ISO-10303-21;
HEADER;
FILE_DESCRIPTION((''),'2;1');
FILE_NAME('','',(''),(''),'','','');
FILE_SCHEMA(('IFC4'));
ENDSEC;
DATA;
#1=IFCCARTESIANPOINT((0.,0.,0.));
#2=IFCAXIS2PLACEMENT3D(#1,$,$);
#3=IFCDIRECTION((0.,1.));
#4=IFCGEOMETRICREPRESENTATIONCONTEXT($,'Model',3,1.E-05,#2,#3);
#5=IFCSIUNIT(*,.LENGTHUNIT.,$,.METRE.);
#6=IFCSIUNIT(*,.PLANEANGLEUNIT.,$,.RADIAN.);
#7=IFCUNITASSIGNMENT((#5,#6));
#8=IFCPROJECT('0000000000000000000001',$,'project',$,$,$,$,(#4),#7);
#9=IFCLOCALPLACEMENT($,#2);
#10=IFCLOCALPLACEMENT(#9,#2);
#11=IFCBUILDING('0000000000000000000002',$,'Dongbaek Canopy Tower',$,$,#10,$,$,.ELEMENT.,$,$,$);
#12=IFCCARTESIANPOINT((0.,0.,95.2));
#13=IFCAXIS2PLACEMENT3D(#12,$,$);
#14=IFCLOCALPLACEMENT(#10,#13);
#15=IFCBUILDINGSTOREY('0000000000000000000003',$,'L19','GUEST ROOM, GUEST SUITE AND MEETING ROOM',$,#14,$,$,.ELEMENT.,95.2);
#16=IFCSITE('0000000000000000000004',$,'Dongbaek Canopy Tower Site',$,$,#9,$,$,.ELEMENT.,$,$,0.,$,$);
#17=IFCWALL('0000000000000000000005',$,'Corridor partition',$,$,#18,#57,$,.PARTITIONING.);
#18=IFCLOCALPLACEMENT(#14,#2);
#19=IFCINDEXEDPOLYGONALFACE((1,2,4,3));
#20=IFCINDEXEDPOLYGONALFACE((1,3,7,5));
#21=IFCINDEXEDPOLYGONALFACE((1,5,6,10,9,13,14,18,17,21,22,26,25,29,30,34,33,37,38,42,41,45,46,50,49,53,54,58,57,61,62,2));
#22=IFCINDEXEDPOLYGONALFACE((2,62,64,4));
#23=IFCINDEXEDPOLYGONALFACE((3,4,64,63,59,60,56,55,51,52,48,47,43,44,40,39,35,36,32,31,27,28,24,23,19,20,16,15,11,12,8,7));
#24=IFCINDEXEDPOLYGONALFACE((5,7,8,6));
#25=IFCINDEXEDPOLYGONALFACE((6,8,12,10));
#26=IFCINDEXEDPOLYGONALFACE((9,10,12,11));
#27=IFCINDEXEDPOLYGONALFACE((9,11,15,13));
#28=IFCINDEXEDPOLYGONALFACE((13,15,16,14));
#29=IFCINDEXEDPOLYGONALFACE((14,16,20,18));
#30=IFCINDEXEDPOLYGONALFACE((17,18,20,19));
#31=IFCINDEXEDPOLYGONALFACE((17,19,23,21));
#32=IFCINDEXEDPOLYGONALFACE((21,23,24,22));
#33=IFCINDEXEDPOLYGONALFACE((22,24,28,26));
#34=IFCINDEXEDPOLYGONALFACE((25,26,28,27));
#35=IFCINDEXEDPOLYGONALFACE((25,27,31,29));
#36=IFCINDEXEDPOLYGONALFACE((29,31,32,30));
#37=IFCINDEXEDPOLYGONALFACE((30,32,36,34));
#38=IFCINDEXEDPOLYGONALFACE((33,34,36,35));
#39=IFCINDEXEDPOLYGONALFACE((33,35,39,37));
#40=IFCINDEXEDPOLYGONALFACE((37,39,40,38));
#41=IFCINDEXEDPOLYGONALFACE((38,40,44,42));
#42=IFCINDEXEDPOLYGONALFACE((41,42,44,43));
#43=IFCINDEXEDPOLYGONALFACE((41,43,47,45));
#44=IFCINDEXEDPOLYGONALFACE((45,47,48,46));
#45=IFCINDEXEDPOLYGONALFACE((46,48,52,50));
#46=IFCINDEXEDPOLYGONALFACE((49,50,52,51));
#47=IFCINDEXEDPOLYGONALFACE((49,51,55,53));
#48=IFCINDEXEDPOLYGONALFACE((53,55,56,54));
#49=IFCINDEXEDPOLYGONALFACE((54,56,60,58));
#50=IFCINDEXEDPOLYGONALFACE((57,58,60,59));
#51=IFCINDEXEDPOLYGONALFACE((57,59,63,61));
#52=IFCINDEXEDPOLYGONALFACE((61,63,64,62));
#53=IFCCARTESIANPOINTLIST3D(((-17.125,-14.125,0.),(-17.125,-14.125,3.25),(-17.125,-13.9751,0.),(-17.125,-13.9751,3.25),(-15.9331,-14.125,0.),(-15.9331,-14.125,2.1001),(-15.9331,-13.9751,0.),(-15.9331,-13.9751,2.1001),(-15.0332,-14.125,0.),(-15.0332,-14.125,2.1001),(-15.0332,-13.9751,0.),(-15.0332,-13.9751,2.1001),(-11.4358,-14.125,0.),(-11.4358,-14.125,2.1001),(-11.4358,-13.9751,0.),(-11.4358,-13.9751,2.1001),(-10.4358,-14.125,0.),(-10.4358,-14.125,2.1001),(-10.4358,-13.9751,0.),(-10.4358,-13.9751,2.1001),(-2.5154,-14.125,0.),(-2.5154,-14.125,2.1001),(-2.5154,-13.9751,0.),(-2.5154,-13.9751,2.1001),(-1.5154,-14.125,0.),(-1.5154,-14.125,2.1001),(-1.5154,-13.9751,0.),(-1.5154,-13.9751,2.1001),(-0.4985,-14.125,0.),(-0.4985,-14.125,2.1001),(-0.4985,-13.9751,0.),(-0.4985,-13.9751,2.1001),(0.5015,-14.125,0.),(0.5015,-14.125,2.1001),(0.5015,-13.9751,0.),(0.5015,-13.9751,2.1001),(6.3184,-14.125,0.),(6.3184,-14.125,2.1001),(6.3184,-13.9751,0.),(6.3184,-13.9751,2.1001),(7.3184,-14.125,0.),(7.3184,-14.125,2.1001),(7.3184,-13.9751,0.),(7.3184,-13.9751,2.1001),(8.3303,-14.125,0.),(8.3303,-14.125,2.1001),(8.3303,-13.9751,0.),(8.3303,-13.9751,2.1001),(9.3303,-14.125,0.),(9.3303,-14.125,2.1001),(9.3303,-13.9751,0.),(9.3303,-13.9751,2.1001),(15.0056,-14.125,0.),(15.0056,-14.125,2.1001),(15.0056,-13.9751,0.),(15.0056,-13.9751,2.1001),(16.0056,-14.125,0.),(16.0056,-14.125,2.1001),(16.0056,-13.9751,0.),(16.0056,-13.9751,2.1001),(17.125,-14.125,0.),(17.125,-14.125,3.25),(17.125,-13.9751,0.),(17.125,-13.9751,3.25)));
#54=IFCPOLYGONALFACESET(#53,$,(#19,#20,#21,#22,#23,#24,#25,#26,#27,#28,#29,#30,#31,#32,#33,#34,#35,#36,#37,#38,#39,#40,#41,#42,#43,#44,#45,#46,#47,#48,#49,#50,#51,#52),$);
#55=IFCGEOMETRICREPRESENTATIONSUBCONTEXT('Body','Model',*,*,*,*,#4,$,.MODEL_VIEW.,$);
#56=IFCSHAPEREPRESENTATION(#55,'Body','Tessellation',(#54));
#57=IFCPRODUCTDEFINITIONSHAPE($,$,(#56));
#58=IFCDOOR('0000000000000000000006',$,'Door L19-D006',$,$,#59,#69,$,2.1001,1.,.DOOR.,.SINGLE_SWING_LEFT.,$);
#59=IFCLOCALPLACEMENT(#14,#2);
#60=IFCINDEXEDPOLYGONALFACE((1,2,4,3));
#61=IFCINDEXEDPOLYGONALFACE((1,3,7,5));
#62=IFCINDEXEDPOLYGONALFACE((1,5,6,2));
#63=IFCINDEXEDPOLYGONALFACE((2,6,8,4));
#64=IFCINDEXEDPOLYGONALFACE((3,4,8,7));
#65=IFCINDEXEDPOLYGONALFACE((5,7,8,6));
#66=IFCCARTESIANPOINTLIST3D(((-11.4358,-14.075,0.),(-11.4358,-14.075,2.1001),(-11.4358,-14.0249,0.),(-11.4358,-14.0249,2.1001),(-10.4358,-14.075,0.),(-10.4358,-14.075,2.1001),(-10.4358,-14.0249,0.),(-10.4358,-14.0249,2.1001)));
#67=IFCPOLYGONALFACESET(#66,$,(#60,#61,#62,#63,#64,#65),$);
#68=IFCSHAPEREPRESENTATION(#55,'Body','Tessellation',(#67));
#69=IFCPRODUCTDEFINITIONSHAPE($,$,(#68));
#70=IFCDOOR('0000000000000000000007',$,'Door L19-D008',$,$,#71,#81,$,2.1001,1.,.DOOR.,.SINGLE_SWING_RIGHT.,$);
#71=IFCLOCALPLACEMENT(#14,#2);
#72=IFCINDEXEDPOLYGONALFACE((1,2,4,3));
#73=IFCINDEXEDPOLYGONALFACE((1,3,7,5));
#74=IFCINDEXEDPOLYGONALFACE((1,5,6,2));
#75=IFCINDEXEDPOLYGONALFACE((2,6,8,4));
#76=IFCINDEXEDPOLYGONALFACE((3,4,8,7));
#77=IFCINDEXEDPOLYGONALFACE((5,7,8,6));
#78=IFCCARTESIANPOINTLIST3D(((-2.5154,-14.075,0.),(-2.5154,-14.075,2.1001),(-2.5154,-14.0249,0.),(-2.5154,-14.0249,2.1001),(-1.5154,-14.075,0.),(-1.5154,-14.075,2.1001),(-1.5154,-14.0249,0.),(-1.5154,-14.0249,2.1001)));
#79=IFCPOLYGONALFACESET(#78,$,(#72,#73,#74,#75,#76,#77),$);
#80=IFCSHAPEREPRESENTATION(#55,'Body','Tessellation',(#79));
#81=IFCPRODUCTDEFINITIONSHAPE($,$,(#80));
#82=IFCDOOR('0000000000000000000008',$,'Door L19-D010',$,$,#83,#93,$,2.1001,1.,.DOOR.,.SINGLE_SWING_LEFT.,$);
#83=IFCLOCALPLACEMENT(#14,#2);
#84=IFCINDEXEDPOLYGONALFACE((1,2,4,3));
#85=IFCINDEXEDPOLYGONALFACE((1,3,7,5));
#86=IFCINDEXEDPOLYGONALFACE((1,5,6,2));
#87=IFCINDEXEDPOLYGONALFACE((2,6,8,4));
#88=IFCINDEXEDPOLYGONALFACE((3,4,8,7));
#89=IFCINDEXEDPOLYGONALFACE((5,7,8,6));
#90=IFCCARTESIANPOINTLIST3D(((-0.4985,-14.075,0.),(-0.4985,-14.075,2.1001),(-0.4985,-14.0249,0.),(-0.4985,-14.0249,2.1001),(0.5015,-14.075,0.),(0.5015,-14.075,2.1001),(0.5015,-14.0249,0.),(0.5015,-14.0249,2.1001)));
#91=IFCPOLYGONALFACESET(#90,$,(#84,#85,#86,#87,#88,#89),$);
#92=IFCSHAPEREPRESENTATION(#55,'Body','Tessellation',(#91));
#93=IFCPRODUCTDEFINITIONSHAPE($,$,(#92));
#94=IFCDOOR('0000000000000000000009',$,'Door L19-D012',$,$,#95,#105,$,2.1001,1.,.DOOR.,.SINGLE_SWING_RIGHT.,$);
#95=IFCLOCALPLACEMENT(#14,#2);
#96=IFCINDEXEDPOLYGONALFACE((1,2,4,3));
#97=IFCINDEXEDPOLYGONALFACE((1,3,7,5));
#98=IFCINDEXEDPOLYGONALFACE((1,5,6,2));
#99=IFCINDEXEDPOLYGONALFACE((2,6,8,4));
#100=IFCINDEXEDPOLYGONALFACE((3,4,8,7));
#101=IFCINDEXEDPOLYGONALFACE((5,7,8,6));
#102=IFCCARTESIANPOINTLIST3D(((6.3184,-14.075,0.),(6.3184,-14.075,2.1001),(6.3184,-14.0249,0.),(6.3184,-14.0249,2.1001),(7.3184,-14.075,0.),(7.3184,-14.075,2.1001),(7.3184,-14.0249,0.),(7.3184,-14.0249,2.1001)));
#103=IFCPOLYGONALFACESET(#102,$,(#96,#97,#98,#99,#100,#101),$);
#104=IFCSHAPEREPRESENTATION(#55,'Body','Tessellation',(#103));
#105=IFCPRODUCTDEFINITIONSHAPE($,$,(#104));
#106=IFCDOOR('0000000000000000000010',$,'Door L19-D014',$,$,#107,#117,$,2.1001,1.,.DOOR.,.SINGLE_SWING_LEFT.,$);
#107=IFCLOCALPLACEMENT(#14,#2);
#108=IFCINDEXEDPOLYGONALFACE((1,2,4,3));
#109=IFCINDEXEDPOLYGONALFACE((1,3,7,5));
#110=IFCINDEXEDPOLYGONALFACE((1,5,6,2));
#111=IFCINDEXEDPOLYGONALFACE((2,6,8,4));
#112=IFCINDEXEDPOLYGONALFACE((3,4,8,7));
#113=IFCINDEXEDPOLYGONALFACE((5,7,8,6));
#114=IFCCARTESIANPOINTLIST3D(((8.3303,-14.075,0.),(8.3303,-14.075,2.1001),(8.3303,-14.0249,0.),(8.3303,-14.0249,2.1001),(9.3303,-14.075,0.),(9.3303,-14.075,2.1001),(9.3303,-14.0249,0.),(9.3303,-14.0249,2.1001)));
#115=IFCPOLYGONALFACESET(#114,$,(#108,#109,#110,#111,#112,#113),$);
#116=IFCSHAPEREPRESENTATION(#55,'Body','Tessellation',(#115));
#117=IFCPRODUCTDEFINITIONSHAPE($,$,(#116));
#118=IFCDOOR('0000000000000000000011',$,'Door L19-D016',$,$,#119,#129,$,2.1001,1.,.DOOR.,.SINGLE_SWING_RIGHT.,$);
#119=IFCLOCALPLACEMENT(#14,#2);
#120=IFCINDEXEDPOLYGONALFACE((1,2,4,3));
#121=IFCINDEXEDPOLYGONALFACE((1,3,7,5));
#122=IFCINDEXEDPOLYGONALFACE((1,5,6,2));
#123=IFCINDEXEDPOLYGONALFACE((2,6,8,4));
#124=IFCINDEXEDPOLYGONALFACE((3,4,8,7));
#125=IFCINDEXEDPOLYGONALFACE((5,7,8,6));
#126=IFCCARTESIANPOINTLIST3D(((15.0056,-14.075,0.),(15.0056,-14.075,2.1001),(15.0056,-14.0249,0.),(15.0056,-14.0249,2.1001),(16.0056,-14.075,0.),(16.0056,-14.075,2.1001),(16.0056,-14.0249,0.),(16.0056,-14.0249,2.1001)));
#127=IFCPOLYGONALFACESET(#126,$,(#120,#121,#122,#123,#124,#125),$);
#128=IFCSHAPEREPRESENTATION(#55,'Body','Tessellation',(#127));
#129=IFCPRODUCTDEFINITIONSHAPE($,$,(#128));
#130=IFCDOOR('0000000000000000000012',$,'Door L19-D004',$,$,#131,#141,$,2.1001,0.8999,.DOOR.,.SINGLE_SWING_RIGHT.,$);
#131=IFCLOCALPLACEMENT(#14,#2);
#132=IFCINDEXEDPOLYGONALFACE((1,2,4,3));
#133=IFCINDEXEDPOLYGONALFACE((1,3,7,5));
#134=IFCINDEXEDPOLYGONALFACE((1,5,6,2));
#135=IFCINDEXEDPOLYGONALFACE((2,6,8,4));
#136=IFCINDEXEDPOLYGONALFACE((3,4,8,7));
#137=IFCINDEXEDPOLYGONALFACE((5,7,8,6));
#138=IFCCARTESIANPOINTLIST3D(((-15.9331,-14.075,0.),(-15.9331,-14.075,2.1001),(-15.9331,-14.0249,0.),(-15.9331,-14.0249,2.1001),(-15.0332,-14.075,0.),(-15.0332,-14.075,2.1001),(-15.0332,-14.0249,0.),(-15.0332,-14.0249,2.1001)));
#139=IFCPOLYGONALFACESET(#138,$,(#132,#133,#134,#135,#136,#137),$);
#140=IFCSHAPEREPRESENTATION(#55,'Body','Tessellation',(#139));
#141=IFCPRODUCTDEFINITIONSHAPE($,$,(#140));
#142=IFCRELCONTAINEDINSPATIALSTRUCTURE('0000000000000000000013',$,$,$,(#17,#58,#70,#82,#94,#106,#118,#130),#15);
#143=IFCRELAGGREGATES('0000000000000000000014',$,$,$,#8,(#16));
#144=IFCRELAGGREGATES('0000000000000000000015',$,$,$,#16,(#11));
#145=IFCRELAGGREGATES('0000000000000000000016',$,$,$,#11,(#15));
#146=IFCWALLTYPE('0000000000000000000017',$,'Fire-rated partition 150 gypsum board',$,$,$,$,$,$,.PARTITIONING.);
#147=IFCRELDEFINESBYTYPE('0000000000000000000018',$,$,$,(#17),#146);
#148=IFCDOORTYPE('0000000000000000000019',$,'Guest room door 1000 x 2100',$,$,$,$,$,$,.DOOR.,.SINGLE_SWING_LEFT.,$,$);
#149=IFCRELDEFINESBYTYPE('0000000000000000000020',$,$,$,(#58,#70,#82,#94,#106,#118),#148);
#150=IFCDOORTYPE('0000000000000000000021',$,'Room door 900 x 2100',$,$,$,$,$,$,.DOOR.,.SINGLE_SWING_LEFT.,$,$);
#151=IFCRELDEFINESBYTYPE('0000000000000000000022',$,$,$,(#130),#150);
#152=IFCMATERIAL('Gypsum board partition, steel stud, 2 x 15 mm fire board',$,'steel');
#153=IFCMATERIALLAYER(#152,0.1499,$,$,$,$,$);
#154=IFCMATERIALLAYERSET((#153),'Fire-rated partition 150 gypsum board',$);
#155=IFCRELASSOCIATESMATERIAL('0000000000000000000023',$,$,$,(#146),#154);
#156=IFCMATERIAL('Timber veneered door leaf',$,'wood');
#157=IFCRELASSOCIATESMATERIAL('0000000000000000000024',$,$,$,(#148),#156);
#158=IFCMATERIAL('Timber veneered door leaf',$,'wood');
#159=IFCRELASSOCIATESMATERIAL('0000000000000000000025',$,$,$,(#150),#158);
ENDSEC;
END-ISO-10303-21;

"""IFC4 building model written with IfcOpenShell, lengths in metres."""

from ifc_helpers import new_model, si_unit, direction, frame, frame_2d, origin, place, context, subcontext, project, spatial, rectangle, extrude, material, layer, layer_set, type_object, element, fill, save


model = new_model("IFC4")

# Units and contexts
model_context = context("Model", 3, precision=1e-05, world=origin(), true_north=direction((0.0, 1.0)))
body_context = subcontext(model_context, "Body", "Model", "MODEL_VIEW")
ifc_project = project(units=[si_unit("LENGTHUNIT", "METRE"), si_unit("PLANEANGLEUNIT", "RADIAN")], contexts=[model_context])

# Site, building, storey
site_placement = place(None, origin())
site = spatial("IfcSite", under=ifc_project, at=site_placement, Name="Dongbaek Canopy Tower Site", CompositionType="ELEMENT", RefElevation=0.0)
building_placement = place(site_placement, origin())
building = spatial("IfcBuilding", under=site, at=building_placement, Name="Dongbaek Canopy Tower", CompositionType="ELEMENT")
storey_placement = place(building_placement, frame((0.0, 0.0, 95.2)))
storey = spatial("IfcBuildingStorey", under=building, at=storey_placement, Name="L19", Description="GUEST ROOM, GUEST SUITE AND MEETING ROOM", CompositionType="ELEMENT", Elevation=95.2)

# Wall, openings, doors
ifc_material_1 = material(Name="Gypsum board partition, steel stud, 2 x 15 mm fire board", Category="steel")
ifc_layer_1 = layer(ifc_material_1, 0.1499)
ifc_layer_set_1 = layer_set([ifc_layer_1], Name="Fire-rated partition 150 gypsum board")
wall_type_1 = type_object("IfcWallType", Name="Fire-rated partition 150 gypsum board", PredefinedType="PARTITIONING", material=ifc_layer_set_1)
wall_1_placement = place(storey_placement, frame((17.125, -14.05, 0.0), z_axis=(0.0, 0.0, 1.0), x_axis=(-1.0, 0.0, 0.0)))
wall_1 = element("IfcWall", 1, at=wall_1_placement, inside=storey, type_object=wall_type_1, Name="Corridor partition", PredefinedType="PARTITIONING", context=body_context, shape_type="SweptSolid", body=[
    extrude(rectangle(XDim=34.25, YDim=0.1499, at=frame_2d((17.125, 0.0))), origin(), (0.0, 0.0, 1.0), 3.25),
])
opening_1_placement = place(wall_1_placement, frame((32.1582, 0.0, 0.0)))
opening_1 = element("IfcOpeningElement", 2, at=opening_1_placement, cuts=wall_1, PredefinedType="OPENING", context=body_context, shape_type="SweptSolid", body=[
    extrude(rectangle(XDim=0.8999, YDim=2.1001, at=frame_2d((0.45, 1.05))), frame((0.0, 0.085, 0.0), z_axis=(0.0, -1.0, 0.0), x_axis=(1.0, 0.0, 0.0)), (0.0, 0.0, 1.0), 0.1699),
])
opening_2_placement = place(wall_1_placement, frame((27.5608, 0.0, 0.0)))
opening_2 = element("IfcOpeningElement", 3, at=opening_2_placement, cuts=wall_1, PredefinedType="OPENING", context=body_context, shape_type="SweptSolid", body=[
    extrude(rectangle(XDim=1.0, YDim=2.1001, at=frame_2d((0.5, 1.05))), frame((0.0, 0.085, 0.0), z_axis=(0.0, -1.0, 0.0), x_axis=(1.0, 0.0, 0.0)), (0.0, 0.0, 1.0), 0.1699),
])
opening_3_placement = place(wall_1_placement, frame((18.6404, 0.0, 0.0)))
opening_3 = element("IfcOpeningElement", 4, at=opening_3_placement, cuts=wall_1, PredefinedType="OPENING", context=body_context, shape_type="SweptSolid", body=[
    extrude(rectangle(XDim=1.0, YDim=2.1001, at=frame_2d((0.5, 1.05))), frame((0.0, 0.085, 0.0), z_axis=(0.0, -1.0, 0.0), x_axis=(1.0, 0.0, 0.0)), (0.0, 0.0, 1.0), 0.1699),
])
opening_4_placement = place(wall_1_placement, frame((16.6235, 0.0, 0.0)))
opening_4 = element("IfcOpeningElement", 5, at=opening_4_placement, cuts=wall_1, PredefinedType="OPENING", context=body_context, shape_type="SweptSolid", body=[
    extrude(rectangle(XDim=1.0, YDim=2.1001, at=frame_2d((0.5, 1.05))), frame((0.0, 0.085, 0.0), z_axis=(0.0, -1.0, 0.0), x_axis=(1.0, 0.0, 0.0)), (0.0, 0.0, 1.0), 0.1699),
])
opening_5_placement = place(wall_1_placement, frame((9.8066, 0.0, 0.0)))
opening_5 = element("IfcOpeningElement", 6, at=opening_5_placement, cuts=wall_1, PredefinedType="OPENING", context=body_context, shape_type="SweptSolid", body=[
    extrude(rectangle(XDim=1.0, YDim=2.1001, at=frame_2d((0.5, 1.05))), frame((0.0, 0.085, 0.0), z_axis=(0.0, -1.0, 0.0), x_axis=(1.0, 0.0, 0.0)), (0.0, 0.0, 1.0), 0.1699),
])
opening_6_placement = place(wall_1_placement, frame((7.7947, 0.0, 0.0)))
opening_6 = element("IfcOpeningElement", 7, at=opening_6_placement, cuts=wall_1, PredefinedType="OPENING", context=body_context, shape_type="SweptSolid", body=[
    extrude(rectangle(XDim=1.0, YDim=2.1001, at=frame_2d((0.5, 1.05))), frame((0.0, 0.085, 0.0), z_axis=(0.0, -1.0, 0.0), x_axis=(1.0, 0.0, 0.0)), (0.0, 0.0, 1.0), 0.1699),
])
opening_7_placement = place(wall_1_placement, frame((1.1194, 0.0, 0.0)))
opening_7 = element("IfcOpeningElement", 8, at=opening_7_placement, cuts=wall_1, PredefinedType="OPENING", context=body_context, shape_type="SweptSolid", body=[
    extrude(rectangle(XDim=1.0, YDim=2.1001, at=frame_2d((0.5, 1.05))), frame((0.0, 0.085, 0.0), z_axis=(0.0, -1.0, 0.0), x_axis=(1.0, 0.0, 0.0)), (0.0, 0.0, 1.0), 0.1699),
])
ifc_material_2 = material(Name="Timber veneered door leaf", Category="wood")
door_type_1 = type_object("IfcDoorType", Name="Guest room door 1000 x 2100", OperationType="SINGLE_SWING_LEFT", PredefinedType="DOOR", material=ifc_material_2)
door_1_placement = place(opening_2_placement, origin())
door_1 = element("IfcDoor", 9, at=door_1_placement, inside=storey, type_object=door_type_1, Name="Door L19-D006", OperationType="SINGLE_SWING_LEFT", OverallHeight=2.1001, OverallWidth=1.0, PredefinedType="DOOR", context=body_context, shape_type="SweptSolid", body=[
    extrude(rectangle(XDim=1.0, YDim=2.1001, at=frame_2d((0.5, 1.05))), frame((0.0, 0.0249, 0.0), z_axis=(0.0, -1.0, 0.0), x_axis=(1.0, 0.0, 0.0)), (0.0, 0.0, 1.0), 0.05),
])
fill(opening_2, door_1)
door_2_placement = place(opening_3_placement, origin())
door_2 = element("IfcDoor", 10, at=door_2_placement, inside=storey, type_object=door_type_1, Name="Door L19-D008", OperationType="SINGLE_SWING_RIGHT", OverallHeight=2.1001, OverallWidth=1.0, PredefinedType="DOOR", context=body_context, shape_type="SweptSolid", body=[
    extrude(rectangle(XDim=1.0, YDim=2.1001, at=frame_2d((0.5, 1.05))), frame((0.0, 0.0249, 0.0), z_axis=(0.0, -1.0, 0.0), x_axis=(1.0, 0.0, 0.0)), (0.0, 0.0, 1.0), 0.05),
])
fill(opening_3, door_2)
door_3_placement = place(opening_4_placement, origin())
door_3 = element("IfcDoor", 11, at=door_3_placement, inside=storey, type_object=door_type_1, Name="Door L19-D010", OperationType="SINGLE_SWING_LEFT", OverallHeight=2.1001, OverallWidth=1.0, PredefinedType="DOOR", context=body_context, shape_type="SweptSolid", body=[
    extrude(rectangle(XDim=1.0, YDim=2.1001, at=frame_2d((0.5, 1.05))), frame((0.0, 0.0249, 0.0), z_axis=(0.0, -1.0, 0.0), x_axis=(1.0, 0.0, 0.0)), (0.0, 0.0, 1.0), 0.05),
])
fill(opening_4, door_3)
door_4_placement = place(opening_5_placement, origin())
door_4 = element("IfcDoor", 12, at=door_4_placement, inside=storey, type_object=door_type_1, Name="Door L19-D012", OperationType="SINGLE_SWING_RIGHT", OverallHeight=2.1001, OverallWidth=1.0, PredefinedType="DOOR", context=body_context, shape_type="SweptSolid", body=[
    extrude(rectangle(XDim=1.0, YDim=2.1001, at=frame_2d((0.5, 1.05))), frame((0.0, 0.0249, 0.0), z_axis=(0.0, -1.0, 0.0), x_axis=(1.0, 0.0, 0.0)), (0.0, 0.0, 1.0), 0.05),
])
fill(opening_5, door_4)
door_5_placement = place(opening_6_placement, origin())
door_5 = element("IfcDoor", 13, at=door_5_placement, inside=storey, type_object=door_type_1, Name="Door L19-D014", OperationType="SINGLE_SWING_LEFT", OverallHeight=2.1001, OverallWidth=1.0, PredefinedType="DOOR", context=body_context, shape_type="SweptSolid", body=[
    extrude(rectangle(XDim=1.0, YDim=2.1001, at=frame_2d((0.5, 1.05))), frame((0.0, 0.0249, 0.0), z_axis=(0.0, -1.0, 0.0), x_axis=(1.0, 0.0, 0.0)), (0.0, 0.0, 1.0), 0.05),
])
fill(opening_6, door_5)
door_6_placement = place(opening_7_placement, origin())
door_6 = element("IfcDoor", 14, at=door_6_placement, inside=storey, type_object=door_type_1, Name="Door L19-D016", OperationType="SINGLE_SWING_RIGHT", OverallHeight=2.1001, OverallWidth=1.0, PredefinedType="DOOR", context=body_context, shape_type="SweptSolid", body=[
    extrude(rectangle(XDim=1.0, YDim=2.1001, at=frame_2d((0.5, 1.05))), frame((0.0, 0.0249, 0.0), z_axis=(0.0, -1.0, 0.0), x_axis=(1.0, 0.0, 0.0)), (0.0, 0.0, 1.0), 0.05),
])
fill(opening_7, door_6)
ifc_material_3 = material(Name="Timber veneered door leaf", Category="wood")
door_type_2 = type_object("IfcDoorType", Name="Room door 900 x 2100", OperationType="SINGLE_SWING_LEFT", PredefinedType="DOOR", material=ifc_material_3)
door_7_placement = place(opening_1_placement, origin())
door_7 = element("IfcDoor", 15, at=door_7_placement, inside=storey, type_object=door_type_2, Name="Door L19-D004", OperationType="SINGLE_SWING_RIGHT", OverallHeight=2.1001, OverallWidth=0.8999, PredefinedType="DOOR", context=body_context, shape_type="SweptSolid", body=[
    extrude(rectangle(XDim=0.8999, YDim=2.1001, at=frame_2d((0.45, 1.05))), frame((0.0, 0.0249, 0.0), z_axis=(0.0, -1.0, 0.0), x_axis=(1.0, 0.0, 0.0)), (0.0, 0.0, 1.0), 0.05),
])
fill(opening_1, door_7)

save(model, "model.ifc")
